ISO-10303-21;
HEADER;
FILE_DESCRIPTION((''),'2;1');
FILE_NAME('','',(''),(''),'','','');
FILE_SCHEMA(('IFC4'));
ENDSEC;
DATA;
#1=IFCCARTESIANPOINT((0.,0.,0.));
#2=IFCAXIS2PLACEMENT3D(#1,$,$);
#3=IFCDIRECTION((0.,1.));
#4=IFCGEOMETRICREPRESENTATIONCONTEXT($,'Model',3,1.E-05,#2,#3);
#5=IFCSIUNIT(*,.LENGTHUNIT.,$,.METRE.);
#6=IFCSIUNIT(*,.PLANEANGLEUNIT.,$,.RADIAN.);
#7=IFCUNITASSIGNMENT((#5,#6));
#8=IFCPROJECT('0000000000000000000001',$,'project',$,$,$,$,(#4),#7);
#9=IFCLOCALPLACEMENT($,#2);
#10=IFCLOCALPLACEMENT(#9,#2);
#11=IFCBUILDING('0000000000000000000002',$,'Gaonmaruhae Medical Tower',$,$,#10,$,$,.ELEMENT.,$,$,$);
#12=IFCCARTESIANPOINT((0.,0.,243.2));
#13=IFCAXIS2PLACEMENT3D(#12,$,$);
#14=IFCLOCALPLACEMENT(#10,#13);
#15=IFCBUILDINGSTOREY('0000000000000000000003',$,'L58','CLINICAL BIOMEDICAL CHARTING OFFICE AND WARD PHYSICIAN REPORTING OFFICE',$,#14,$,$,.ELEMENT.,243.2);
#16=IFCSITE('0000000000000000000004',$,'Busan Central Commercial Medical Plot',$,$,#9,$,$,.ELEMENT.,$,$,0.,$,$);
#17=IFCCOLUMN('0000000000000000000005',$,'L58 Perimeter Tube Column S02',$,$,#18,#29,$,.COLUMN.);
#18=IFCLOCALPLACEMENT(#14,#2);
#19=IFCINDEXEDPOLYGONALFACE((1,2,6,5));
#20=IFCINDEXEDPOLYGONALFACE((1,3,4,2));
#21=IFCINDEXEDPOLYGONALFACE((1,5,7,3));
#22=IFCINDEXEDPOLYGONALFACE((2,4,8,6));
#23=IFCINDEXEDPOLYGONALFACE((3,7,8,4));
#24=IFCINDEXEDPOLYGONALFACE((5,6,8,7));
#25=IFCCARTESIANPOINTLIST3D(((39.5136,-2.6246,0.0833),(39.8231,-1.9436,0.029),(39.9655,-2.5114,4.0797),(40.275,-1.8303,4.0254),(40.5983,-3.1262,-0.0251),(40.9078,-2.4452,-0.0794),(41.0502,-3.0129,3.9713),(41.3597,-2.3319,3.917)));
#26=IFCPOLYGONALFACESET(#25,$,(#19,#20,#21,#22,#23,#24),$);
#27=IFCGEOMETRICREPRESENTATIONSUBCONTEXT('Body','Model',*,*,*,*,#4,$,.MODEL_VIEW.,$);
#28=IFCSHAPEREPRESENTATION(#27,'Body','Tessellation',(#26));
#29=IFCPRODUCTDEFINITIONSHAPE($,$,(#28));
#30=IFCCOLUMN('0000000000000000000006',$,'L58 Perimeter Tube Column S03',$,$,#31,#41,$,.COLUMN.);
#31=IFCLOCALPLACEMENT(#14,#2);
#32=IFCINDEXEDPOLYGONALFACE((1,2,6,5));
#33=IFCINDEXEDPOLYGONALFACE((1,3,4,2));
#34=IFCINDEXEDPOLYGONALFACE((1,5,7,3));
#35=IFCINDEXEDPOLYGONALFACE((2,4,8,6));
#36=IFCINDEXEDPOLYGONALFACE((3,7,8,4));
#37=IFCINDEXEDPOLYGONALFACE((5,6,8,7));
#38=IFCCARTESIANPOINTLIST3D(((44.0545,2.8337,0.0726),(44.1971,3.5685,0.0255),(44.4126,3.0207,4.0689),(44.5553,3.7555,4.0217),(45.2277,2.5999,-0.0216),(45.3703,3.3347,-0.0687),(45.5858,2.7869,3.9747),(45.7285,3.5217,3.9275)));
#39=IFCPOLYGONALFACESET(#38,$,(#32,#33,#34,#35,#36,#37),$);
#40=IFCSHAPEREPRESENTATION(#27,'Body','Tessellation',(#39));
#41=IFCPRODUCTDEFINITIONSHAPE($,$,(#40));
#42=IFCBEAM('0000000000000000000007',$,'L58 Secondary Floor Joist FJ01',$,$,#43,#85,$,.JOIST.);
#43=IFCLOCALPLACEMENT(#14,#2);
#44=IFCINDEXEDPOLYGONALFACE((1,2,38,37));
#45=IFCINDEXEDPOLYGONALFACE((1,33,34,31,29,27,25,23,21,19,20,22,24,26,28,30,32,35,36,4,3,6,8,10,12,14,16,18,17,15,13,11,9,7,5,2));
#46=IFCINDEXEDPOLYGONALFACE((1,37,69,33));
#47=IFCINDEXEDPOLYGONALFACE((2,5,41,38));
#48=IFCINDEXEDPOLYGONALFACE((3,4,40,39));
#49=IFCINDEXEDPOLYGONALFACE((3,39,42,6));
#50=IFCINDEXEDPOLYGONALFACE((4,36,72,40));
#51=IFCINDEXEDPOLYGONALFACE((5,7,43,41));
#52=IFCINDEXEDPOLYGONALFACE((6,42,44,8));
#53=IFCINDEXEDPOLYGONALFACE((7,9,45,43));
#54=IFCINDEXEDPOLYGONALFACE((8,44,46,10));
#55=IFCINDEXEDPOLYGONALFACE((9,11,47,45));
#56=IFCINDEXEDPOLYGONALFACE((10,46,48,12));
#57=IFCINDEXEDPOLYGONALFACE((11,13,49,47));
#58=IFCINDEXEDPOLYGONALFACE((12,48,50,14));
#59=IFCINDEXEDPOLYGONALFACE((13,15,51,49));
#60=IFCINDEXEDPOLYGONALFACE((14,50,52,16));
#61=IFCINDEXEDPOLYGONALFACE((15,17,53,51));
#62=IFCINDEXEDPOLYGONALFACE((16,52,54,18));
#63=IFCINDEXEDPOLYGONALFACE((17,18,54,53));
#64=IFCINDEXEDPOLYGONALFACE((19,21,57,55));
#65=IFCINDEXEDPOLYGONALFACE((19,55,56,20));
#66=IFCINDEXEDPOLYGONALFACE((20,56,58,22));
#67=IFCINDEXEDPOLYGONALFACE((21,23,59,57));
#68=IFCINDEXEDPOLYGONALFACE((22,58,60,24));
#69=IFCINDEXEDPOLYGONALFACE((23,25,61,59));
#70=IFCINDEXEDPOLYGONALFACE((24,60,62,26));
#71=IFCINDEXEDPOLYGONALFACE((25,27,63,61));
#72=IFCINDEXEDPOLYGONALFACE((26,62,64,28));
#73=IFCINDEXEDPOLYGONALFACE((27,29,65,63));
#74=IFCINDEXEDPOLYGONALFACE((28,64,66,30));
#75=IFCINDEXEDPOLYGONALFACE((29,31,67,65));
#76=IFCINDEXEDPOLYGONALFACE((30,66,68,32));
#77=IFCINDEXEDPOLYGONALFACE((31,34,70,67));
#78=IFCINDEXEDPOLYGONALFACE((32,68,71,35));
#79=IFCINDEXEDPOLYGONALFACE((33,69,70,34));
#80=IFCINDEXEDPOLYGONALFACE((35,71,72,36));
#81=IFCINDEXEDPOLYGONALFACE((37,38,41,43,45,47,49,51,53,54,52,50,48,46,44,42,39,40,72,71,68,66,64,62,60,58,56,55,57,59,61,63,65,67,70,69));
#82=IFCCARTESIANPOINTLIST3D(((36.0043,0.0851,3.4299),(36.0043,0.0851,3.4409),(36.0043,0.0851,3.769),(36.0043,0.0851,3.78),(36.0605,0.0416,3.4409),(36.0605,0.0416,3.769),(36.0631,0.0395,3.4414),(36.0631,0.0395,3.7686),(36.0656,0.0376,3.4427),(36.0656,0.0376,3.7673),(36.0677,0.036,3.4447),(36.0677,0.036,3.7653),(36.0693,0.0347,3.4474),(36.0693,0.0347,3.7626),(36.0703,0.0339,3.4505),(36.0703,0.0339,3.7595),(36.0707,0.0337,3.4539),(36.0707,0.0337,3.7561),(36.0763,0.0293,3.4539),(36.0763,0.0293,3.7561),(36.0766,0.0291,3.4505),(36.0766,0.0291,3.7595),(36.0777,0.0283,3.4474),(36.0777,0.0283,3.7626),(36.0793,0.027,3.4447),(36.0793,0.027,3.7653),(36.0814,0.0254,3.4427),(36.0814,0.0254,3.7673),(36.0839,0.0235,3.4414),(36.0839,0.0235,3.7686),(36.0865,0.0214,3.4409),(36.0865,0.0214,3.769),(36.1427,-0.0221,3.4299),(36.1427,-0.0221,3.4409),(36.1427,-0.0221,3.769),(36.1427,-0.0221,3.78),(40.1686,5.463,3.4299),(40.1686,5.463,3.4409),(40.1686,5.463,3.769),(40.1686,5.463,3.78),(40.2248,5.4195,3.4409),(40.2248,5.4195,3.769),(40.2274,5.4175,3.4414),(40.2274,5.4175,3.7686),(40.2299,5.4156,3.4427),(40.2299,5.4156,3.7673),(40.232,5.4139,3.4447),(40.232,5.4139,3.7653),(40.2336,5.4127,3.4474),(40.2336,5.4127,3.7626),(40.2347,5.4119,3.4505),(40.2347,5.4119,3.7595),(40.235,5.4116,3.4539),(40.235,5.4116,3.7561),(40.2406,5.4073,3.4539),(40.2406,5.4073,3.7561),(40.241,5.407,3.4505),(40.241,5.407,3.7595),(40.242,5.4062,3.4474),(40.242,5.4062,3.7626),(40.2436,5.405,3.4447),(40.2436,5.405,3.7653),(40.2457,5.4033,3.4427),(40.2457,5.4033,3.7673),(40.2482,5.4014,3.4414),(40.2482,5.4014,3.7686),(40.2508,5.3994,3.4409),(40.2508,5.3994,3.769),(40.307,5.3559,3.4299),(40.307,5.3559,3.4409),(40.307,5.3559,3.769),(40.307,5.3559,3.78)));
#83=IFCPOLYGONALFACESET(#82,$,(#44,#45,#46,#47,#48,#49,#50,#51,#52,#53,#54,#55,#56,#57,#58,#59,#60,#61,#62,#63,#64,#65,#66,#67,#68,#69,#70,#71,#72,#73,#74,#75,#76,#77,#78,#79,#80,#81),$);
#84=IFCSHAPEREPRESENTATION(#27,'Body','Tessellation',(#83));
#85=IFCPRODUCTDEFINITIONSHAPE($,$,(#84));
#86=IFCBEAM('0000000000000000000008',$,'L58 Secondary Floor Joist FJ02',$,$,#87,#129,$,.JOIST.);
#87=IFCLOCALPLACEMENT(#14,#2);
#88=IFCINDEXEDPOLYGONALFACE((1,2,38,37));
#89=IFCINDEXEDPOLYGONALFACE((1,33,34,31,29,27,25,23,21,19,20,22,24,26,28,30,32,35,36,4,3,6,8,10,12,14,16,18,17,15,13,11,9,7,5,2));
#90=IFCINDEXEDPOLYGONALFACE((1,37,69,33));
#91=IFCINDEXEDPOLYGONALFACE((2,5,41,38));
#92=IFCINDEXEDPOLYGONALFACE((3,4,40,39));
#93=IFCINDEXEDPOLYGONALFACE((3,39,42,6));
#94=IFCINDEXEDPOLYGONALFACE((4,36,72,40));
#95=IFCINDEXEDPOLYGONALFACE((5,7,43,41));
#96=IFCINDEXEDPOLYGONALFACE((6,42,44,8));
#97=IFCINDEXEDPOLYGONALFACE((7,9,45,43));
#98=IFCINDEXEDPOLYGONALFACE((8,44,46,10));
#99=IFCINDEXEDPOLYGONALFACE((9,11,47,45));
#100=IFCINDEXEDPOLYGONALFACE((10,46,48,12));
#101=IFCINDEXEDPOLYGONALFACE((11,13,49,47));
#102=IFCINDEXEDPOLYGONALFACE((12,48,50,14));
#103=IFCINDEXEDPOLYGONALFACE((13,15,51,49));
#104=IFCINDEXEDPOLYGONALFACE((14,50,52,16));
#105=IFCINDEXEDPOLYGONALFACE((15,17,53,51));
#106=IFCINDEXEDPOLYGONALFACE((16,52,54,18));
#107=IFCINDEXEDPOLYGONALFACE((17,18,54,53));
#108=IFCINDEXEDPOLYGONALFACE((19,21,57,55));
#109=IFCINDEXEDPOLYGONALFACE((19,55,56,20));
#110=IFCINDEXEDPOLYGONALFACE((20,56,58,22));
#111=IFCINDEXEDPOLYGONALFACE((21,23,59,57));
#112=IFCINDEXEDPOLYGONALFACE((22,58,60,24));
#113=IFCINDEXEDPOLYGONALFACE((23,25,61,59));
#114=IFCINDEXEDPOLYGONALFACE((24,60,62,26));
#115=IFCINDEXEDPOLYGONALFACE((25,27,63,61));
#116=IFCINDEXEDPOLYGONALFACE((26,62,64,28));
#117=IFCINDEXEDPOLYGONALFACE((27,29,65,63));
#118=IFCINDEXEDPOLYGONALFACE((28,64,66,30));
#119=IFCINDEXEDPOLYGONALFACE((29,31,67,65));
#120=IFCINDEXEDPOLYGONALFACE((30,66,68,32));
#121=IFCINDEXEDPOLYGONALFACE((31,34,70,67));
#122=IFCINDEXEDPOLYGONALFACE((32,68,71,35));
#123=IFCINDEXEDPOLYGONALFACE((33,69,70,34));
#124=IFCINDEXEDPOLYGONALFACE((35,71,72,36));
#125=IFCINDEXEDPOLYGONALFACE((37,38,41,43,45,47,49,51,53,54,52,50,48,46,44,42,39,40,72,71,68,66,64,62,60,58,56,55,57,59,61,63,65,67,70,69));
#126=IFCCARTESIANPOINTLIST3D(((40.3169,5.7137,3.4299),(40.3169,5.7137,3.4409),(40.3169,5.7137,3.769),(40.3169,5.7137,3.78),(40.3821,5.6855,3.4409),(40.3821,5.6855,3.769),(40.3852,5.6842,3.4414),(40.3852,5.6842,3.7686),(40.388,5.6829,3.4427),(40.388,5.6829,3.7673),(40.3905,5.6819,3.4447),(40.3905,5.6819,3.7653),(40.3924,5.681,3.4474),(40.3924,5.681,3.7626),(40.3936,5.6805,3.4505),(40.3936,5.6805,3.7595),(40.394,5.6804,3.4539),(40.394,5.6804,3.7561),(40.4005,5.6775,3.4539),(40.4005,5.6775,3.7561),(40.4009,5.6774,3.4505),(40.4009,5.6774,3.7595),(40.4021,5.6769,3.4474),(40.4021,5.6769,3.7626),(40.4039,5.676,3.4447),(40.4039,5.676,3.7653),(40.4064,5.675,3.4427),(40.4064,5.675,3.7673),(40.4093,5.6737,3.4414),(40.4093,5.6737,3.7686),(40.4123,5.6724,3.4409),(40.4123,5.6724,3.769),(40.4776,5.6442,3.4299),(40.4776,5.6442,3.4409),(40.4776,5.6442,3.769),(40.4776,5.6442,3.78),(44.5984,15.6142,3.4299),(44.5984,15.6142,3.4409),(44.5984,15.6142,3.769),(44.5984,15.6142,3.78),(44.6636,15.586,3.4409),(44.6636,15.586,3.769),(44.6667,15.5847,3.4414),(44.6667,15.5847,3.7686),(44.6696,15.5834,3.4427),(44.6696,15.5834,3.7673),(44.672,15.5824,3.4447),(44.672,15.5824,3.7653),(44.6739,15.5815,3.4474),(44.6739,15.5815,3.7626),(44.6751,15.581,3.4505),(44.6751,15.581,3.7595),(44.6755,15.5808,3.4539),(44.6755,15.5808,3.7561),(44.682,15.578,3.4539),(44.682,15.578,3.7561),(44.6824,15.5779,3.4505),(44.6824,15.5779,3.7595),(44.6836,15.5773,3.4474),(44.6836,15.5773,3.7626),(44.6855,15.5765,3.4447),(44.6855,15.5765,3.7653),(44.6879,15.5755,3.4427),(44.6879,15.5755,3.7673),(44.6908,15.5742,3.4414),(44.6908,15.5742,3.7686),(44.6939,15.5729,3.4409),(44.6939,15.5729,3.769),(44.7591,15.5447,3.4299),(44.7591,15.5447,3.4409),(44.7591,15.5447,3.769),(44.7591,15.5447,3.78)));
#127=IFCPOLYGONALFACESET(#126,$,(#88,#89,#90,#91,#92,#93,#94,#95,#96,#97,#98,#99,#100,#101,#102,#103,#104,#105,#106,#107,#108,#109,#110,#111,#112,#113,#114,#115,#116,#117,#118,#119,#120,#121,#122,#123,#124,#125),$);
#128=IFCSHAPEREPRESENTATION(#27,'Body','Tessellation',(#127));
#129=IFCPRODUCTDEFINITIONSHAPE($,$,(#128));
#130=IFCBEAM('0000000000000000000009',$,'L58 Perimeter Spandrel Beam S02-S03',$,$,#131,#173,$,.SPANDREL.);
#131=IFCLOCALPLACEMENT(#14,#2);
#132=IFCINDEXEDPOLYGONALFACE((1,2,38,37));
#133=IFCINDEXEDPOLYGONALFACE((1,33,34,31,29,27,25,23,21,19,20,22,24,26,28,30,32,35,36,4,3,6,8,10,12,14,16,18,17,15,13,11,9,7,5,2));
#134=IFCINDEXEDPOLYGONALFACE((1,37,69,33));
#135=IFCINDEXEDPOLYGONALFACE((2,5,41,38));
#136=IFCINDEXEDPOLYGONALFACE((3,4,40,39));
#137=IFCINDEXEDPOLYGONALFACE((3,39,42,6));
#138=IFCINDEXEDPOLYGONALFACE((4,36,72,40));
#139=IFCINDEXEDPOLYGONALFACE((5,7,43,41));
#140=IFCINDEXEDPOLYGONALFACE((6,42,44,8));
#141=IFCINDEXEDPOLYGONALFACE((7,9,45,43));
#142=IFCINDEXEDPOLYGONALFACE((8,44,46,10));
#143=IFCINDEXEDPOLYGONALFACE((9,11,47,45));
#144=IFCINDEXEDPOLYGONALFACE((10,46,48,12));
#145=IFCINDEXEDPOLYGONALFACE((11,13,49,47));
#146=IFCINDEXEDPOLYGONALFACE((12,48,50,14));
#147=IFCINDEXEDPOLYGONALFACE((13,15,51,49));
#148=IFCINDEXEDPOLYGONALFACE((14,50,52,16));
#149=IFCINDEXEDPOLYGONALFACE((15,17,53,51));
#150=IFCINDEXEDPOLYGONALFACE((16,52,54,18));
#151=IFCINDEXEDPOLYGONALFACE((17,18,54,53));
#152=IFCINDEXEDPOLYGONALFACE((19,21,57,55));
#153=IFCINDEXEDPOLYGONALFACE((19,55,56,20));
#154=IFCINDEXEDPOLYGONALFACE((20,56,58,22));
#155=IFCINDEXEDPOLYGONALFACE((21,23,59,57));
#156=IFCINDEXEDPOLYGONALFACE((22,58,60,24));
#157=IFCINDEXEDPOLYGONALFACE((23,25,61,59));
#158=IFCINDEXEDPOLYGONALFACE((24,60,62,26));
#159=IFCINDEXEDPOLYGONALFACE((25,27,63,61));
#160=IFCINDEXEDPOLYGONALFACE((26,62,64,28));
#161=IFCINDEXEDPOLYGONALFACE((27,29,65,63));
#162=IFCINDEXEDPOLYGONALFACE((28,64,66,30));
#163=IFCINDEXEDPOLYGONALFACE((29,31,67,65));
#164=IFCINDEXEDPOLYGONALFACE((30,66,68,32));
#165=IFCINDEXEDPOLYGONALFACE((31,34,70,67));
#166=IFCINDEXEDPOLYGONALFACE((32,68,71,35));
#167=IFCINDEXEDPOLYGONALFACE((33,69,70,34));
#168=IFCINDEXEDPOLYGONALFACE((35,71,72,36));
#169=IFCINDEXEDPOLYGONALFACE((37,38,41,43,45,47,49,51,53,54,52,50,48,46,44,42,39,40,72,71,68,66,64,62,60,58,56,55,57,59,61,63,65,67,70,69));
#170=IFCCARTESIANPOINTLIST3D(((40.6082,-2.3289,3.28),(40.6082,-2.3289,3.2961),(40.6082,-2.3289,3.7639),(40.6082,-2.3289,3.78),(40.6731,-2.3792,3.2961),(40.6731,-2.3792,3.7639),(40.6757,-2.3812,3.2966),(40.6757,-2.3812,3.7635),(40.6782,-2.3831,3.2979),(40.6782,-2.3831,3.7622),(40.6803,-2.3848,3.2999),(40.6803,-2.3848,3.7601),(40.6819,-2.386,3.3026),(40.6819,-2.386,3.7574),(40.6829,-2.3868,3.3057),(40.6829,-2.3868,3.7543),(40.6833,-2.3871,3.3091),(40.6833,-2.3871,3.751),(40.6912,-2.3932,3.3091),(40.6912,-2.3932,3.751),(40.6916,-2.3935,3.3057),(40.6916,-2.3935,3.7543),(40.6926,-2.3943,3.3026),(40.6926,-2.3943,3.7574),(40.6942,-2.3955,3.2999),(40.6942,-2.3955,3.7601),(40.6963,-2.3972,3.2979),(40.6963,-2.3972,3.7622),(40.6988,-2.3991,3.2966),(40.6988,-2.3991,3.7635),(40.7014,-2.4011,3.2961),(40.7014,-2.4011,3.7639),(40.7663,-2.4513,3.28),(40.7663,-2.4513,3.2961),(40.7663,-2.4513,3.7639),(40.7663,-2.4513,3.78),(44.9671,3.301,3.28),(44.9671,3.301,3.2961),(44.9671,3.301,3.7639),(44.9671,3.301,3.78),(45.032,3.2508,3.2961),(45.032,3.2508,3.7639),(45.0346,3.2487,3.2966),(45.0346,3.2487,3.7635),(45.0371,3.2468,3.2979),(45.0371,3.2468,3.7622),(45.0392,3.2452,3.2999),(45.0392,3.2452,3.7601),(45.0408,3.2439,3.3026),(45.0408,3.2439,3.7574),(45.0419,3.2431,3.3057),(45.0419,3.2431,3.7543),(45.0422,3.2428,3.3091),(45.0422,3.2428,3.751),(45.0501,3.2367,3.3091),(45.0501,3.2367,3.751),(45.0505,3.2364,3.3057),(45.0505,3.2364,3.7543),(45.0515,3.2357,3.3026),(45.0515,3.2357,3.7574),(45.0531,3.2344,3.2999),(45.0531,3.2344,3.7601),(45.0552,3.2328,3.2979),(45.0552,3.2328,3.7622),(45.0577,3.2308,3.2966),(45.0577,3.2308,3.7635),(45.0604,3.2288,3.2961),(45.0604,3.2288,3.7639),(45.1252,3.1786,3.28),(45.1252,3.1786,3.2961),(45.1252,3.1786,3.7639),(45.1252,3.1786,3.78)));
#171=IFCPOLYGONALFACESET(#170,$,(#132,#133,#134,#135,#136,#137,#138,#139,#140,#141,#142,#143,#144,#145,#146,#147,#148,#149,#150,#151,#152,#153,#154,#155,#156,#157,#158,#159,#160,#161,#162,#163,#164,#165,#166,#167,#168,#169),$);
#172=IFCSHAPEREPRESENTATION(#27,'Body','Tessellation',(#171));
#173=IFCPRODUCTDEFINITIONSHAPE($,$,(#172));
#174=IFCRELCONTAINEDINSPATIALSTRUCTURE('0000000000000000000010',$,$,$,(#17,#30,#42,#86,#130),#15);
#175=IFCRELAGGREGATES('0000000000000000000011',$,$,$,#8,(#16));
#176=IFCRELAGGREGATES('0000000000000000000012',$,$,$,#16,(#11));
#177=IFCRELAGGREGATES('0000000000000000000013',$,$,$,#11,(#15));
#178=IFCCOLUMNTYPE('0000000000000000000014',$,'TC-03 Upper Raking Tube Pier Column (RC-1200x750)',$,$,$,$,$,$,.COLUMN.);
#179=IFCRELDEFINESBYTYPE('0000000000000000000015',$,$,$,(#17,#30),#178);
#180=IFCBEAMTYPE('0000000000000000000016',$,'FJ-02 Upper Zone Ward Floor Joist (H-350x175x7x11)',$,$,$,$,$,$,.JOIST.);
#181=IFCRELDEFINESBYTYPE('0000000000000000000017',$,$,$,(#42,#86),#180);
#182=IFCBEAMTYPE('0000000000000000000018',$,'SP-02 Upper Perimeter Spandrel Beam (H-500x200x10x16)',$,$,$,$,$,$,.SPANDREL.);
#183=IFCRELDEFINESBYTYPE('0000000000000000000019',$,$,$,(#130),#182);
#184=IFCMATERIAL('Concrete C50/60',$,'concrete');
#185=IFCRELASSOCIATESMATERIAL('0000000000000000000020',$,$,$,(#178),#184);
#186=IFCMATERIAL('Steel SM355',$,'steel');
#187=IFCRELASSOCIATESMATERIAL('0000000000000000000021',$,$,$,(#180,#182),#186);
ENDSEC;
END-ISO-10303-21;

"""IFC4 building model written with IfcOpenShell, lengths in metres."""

from ifc_helpers import new_model, si_unit, direction, frame, origin, origin_2d, place, context, subcontext, project, spatial, rectangle, i_section, extrude, material, material_profile, profile_set, type_object, element, save


model = new_model("IFC4")

# Units and contexts
model_context = context("Model", 3, precision=1e-05, world=origin(), true_north=direction((0.0, 1.0)))
body_context = subcontext(model_context, "Body", "Model", "MODEL_VIEW")
ifc_project = project(units=[si_unit("LENGTHUNIT", "METRE"), si_unit("PLANEANGLEUNIT", "RADIAN")], contexts=[model_context])

# Site, building, storey
site_placement = place(None, origin())
site = spatial("IfcSite", under=ifc_project, at=site_placement, Name="Busan Central Commercial Medical Plot", CompositionType="ELEMENT", RefElevation=0.0)
building_placement = place(site_placement, origin())
building = spatial("IfcBuilding", under=site, at=building_placement, Name="Gaonmaruhae Medical Tower", CompositionType="ELEMENT")
storey_placement = place(building_placement, frame((0.0, 0.0, 243.2)))
storey = spatial("IfcBuildingStorey", under=building, at=storey_placement, Name="L58", Description="CLINICAL BIOMEDICAL CHARTING OFFICE AND WARD PHYSICIAN REPORTING OFFICE", CompositionType="ELEMENT", Elevation=243.2)

# Columns
ifc_material_1 = material(Name="Concrete C50/60", Category="concrete")
ifc_material_profile_1 = material_profile(ifc_material_1, rectangle(XDim=1.2, YDim=0.75, at=origin_2d()), Name="RC-1200x750")
ifc_profile_set_1 = profile_set([ifc_material_profile_1], Name="Concrete C50/60")
column_type = type_object("IfcColumnType", Name="TC-03 Upper Raking Tube Pier Column (RC-1200x750)", PredefinedType="COLUMN", material=ifc_profile_set_1)
column_1_placement = place(storey_placement, frame((40.2107, -2.5349, 0.002), z_axis=(0.112319, 0.028156, 0.993273), x_axis=(-0.903945, 0.417991, 0.090369)))
element("IfcColumn", 1, at=column_1_placement, inside=storey, type_object=column_type, Name="L58 Perimeter Tube Column S02", PredefinedType="COLUMN", context=body_context, shape_type="SweptSolid", body=[
    extrude(rectangle(XDim=1.2, YDim=0.75, at=origin_2d()), origin(), (0.0, 0.0, 1.0), 4.0234),
])
column_2_placement = place(storey_placement, frame((44.7124, 3.0842, 0.002), z_axis=(0.089166, 0.046558, 0.994928), x_axis=(-0.977688, 0.194842, 0.078503)))
element("IfcColumn", 2, at=column_2_placement, inside=storey, type_object=column_type, Name="L58 Perimeter Tube Column S03", PredefinedType="COLUMN", context=body_context, shape_type="SweptSolid", body=[
    extrude(rectangle(XDim=1.2, YDim=0.75, at=origin_2d()), origin(), (0.0, 0.0, 1.0), 4.0166),
])

# Beams
ifc_material_2 = material(Name="Steel SM355", Category="steel")
ifc_material_profile_2 = material_profile(ifc_material_2, i_section(OverallWidth=0.175, OverallDepth=0.3501, WebThickness=0.0071, FlangeThickness=0.011, FilletRadius=0.0129, at=origin_2d()), Name="H-350x175x7x11")
ifc_profile_set_2 = profile_set([ifc_material_profile_2], Name="Steel SM355")
beam_type_1 = type_object("IfcBeamType", Name="FJ-02 Upper Zone Ward Floor Joist (H-350x175x7x11)", PredefinedType="JOIST", material=ifc_profile_set_2)
beam_1_placement = place(storey_placement, frame((36.0735, 0.0315, 3.605), z_axis=(0.612242, 0.79067, 0.0), x_axis=(-0.79067, 0.612242, 0.0)))
element("IfcBeam", 3, at=beam_1_placement, inside=storey, type_object=beam_type_1, Name="L58 Secondary Floor Joist FJ01", PredefinedType="JOIST", context=body_context, shape_type="SweptSolid", body=[
    extrude(i_section(OverallWidth=0.175, OverallDepth=0.3501, WebThickness=0.0071, FlangeThickness=0.011, FilletRadius=0.0129, at=origin_2d()), origin(), (0.0, 0.0, 1.0), 6.8018),
])
beam_2_placement = place(storey_placement, frame((40.3972, 5.679, 3.605), z_axis=(0.39693, 0.917849, 0.0), x_axis=(-0.917849, 0.39693, 0.0)))
element("IfcBeam", 4, at=beam_2_placement, inside=storey, type_object=beam_type_1, Name="L58 Secondary Floor Joist FJ02", PredefinedType="JOIST", context=body_context, shape_type="SweptSolid", body=[
    extrude(i_section(OverallWidth=0.175, OverallDepth=0.3501, WebThickness=0.0071, FlangeThickness=0.011, FilletRadius=0.0129, at=origin_2d()), origin(), (0.0, 0.0, 1.0), 10.7866),
])
ifc_material_profile_3 = material_profile(ifc_material_2, i_section(OverallWidth=0.2, OverallDepth=0.5, WebThickness=0.01, FlangeThickness=0.0161, FilletRadius=0.0129, at=origin_2d()), Name="H-500x200x10x16")
ifc_profile_set_3 = profile_set([ifc_material_profile_3], Name="Steel SM355")
beam_type_2 = type_object("IfcBeamType", Name="SP-02 Upper Perimeter Spandrel Beam (H-500x200x10x16)", PredefinedType="SPANDREL", material=ifc_profile_set_3)
beam_3_placement = place(storey_placement, frame((40.6873, -2.3901, 3.53), z_axis=(0.612197, 0.790706, 0.0), x_axis=(-0.790706, 0.612197, 0.0)))
element("IfcBeam", 5, at=beam_3_placement, inside=storey, type_object=beam_type_2, Name="L58 Perimeter Spandrel Beam S02-S03", PredefinedType="SPANDREL", context=body_context, shape_type="SweptSolid", body=[
    extrude(i_section(OverallWidth=0.2, OverallDepth=0.5, WebThickness=0.01, FlangeThickness=0.0161, FilletRadius=0.0129, at=origin_2d()), origin(), (0.0, 0.0, 1.0), 7.1201),
])

save(model, "model.ifc")
